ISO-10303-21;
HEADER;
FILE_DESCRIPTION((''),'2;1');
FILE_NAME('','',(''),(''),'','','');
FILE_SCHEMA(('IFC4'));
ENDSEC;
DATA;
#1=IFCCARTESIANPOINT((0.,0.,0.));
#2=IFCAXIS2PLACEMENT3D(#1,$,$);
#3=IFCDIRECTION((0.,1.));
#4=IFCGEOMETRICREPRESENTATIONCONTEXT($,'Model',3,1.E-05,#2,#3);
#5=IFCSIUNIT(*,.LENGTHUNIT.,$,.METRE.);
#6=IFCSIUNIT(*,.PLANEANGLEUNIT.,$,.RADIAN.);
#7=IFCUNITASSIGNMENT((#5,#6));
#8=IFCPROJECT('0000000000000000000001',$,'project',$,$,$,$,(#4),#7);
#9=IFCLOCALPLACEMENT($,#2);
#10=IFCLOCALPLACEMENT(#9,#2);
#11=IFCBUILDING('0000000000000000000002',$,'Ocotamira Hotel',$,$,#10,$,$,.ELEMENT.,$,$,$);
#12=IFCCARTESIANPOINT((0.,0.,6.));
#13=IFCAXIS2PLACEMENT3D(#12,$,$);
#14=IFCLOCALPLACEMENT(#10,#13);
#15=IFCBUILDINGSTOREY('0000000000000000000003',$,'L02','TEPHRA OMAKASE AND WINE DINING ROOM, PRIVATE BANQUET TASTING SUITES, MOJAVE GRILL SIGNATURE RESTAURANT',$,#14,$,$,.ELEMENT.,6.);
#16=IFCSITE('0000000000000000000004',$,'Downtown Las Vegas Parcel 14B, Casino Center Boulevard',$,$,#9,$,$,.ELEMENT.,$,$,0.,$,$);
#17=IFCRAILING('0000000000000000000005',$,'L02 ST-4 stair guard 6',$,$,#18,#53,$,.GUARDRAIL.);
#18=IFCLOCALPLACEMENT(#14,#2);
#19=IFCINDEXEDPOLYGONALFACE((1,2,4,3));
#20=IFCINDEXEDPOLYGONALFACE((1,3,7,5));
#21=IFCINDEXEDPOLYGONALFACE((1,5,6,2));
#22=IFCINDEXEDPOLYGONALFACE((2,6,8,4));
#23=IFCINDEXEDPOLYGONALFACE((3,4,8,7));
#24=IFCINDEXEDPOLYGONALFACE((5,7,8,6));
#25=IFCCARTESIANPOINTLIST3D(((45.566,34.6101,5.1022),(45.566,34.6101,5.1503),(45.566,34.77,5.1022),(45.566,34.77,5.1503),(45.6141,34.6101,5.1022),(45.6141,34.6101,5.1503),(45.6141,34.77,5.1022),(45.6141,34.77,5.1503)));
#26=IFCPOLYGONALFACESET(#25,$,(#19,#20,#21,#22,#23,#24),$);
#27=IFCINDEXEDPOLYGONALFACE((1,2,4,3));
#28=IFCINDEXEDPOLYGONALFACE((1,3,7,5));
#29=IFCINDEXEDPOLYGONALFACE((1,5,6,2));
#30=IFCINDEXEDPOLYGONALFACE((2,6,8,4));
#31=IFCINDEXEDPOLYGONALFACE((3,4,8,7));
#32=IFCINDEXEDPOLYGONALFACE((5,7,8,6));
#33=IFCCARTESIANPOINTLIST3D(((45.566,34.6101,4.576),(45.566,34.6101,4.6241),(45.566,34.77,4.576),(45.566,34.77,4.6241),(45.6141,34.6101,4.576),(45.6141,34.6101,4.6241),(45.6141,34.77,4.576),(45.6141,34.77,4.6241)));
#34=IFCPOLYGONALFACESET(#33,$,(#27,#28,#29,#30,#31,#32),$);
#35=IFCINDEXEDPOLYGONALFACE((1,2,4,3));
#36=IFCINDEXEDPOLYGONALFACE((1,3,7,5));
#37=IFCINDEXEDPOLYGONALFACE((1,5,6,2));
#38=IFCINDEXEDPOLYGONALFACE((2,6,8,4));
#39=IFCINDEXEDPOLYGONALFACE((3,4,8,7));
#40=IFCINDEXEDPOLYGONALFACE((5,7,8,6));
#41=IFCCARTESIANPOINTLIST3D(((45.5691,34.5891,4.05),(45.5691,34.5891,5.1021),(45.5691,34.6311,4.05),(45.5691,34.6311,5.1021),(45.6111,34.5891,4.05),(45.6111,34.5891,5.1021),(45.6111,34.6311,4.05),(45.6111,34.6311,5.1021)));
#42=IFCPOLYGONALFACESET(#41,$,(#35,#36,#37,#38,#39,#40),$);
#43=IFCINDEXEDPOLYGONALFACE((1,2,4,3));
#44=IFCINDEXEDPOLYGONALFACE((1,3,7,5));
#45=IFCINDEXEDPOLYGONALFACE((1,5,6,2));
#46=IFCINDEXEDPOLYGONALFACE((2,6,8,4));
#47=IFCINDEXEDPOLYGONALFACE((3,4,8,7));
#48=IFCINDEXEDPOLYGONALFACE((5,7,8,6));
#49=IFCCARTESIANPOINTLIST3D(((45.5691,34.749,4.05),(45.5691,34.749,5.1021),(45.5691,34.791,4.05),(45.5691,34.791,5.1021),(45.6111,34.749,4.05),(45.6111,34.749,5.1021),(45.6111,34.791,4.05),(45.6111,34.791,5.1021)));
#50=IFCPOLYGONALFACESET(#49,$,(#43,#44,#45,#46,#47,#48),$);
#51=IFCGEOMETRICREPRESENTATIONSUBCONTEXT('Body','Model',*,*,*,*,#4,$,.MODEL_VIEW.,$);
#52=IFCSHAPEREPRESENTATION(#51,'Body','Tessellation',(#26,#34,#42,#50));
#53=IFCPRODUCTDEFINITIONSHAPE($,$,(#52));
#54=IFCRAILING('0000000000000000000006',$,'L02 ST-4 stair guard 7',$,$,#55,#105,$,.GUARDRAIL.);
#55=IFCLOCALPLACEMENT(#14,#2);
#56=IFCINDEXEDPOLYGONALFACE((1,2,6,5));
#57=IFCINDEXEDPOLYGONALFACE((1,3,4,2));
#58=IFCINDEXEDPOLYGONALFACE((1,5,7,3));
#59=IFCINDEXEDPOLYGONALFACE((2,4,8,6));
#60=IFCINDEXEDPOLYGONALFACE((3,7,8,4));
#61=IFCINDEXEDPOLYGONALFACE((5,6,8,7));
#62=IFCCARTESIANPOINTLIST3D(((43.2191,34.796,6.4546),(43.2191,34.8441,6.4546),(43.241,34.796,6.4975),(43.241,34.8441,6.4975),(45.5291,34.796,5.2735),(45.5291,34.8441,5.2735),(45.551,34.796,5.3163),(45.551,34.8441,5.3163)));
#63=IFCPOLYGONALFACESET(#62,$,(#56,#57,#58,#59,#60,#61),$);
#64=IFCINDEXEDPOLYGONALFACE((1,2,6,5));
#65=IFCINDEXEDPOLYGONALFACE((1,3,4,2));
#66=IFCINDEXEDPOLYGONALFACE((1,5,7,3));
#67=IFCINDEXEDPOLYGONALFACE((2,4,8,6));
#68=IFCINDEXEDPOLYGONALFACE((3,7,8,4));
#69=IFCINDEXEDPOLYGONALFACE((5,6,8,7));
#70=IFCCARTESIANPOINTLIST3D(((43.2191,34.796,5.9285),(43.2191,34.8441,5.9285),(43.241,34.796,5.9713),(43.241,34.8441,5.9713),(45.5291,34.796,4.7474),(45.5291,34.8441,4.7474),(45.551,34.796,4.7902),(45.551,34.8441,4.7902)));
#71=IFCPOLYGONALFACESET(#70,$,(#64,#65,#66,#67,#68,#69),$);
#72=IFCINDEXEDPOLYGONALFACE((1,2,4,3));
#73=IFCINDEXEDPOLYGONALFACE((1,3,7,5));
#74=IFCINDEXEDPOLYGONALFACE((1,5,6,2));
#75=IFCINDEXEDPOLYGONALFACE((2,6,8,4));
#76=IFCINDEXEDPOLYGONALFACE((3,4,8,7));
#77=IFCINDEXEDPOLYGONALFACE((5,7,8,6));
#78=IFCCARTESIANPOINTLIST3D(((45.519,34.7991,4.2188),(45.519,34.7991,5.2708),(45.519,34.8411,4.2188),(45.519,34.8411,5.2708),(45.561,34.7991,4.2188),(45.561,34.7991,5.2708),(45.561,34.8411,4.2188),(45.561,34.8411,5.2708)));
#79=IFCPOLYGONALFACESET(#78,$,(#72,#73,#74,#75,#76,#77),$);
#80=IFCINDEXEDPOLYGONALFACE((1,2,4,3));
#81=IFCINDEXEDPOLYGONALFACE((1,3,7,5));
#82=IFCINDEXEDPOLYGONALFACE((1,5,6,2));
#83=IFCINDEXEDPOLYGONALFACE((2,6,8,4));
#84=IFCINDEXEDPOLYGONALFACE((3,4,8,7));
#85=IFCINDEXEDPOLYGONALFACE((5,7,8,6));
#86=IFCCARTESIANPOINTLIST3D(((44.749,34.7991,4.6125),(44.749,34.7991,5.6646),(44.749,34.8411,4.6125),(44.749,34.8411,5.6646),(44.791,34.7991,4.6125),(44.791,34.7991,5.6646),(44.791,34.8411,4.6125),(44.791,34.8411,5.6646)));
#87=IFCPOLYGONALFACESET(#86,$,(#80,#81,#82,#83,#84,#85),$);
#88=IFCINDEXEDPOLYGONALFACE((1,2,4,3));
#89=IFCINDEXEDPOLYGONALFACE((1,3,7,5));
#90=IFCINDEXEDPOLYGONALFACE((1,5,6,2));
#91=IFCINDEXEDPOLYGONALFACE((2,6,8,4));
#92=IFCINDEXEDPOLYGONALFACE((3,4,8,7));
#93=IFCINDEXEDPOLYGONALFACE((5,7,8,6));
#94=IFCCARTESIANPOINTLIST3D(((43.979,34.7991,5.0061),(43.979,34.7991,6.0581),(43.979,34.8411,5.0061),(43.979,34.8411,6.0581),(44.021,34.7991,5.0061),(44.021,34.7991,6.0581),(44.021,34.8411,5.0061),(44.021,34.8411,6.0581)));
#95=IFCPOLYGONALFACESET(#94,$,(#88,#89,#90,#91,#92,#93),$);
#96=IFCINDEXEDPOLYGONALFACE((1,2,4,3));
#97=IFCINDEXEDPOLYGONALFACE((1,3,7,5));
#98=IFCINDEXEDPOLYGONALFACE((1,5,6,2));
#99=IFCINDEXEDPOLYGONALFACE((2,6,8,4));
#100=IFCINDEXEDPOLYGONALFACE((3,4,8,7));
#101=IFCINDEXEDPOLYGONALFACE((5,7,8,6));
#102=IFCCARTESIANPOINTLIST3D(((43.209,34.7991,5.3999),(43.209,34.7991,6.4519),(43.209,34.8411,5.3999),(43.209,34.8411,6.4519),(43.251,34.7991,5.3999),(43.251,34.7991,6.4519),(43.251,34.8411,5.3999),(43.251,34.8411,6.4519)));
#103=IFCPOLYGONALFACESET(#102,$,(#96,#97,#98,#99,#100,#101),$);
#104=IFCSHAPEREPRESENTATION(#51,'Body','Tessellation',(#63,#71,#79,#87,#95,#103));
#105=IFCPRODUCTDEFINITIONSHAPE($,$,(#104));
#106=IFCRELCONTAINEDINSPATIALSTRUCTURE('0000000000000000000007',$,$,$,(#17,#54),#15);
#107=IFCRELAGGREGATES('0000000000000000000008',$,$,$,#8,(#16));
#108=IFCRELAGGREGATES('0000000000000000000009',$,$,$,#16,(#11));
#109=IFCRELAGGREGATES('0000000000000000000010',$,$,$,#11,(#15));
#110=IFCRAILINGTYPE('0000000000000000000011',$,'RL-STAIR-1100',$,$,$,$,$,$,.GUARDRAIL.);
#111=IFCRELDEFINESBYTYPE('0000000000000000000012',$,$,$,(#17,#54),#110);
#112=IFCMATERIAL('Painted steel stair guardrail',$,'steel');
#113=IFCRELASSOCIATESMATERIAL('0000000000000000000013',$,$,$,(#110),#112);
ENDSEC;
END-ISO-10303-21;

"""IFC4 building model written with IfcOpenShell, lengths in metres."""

from ifc_helpers import new_model, si_unit, direction, frame, origin, origin_2d, place, context, subcontext, project, spatial, rectangle, extrude, material, type_object, element, save


model = new_model("IFC4")

# Units and contexts
model_context = context("Model", 3, precision=1e-05, world=origin(), true_north=direction((0.0, 1.0)))
body_context = subcontext(model_context, "Body", "Model", "MODEL_VIEW")
ifc_project = project(units=[si_unit("LENGTHUNIT", "METRE"), si_unit("PLANEANGLEUNIT", "RADIAN")], contexts=[model_context])

# Site, building, storey
site_placement = place(None, origin())
site = spatial("IfcSite", under=ifc_project, at=site_placement, Name="Downtown Las Vegas Parcel 14B, Casino Center Boulevard", CompositionType="ELEMENT", RefElevation=0.0)
building_placement = place(site_placement, origin())
building = spatial("IfcBuilding", under=site, at=building_placement, Name="Ocotamira Hotel", CompositionType="ELEMENT")
storey_placement = place(building_placement, frame((0.0, 0.0, 6.0)))
storey = spatial("IfcBuildingStorey", under=building, at=storey_placement, Name="L02", Description="TEPHRA OMAKASE AND WINE DINING ROOM, PRIVATE BANQUET TASTING SUITES, MOJAVE GRILL SIGNATURE RESTAURANT", CompositionType="ELEMENT", Elevation=6.0)

# Railings
ifc_material_1 = material(Name="Painted steel stair guardrail", Category="steel")
railing_type_1 = type_object("IfcRailingType", Name="RL-STAIR-1100", PredefinedType="GUARDRAIL", material=ifc_material_1)
railing_1_placement = place(storey_placement, frame((45.5901, 34.6101, 4.05)))
element("IfcRailing", 1, at=railing_1_placement, inside=storey, type_object=railing_type_1, Name="L02 ST-4 stair guard 6", PredefinedType="GUARDRAIL", context=body_context, shape_type="SweptSolid", body=[
    extrude(rectangle(XDim=0.0481, YDim=0.0481, at=origin_2d()), frame((0.0, 0.0, 1.0762), z_axis=(0.0, 1.0, 0.0), x_axis=(-1.0, 0.0, 0.0)), (0.0, 0.0, 1.0), 0.1599),
    extrude(rectangle(XDim=0.0481, YDim=0.0481, at=origin_2d()), frame((0.0, 0.0, 0.55), z_axis=(0.0, 1.0, 0.0), x_axis=(-1.0, 0.0, 0.0)), (0.0, 0.0, 1.0), 0.1599),
    extrude(rectangle(XDim=0.042, YDim=0.042, at=origin_2d()), origin(), (0.0, 0.0, 1.0), 1.052),
    extrude(rectangle(XDim=0.042, YDim=0.042, at=origin_2d()), frame((0.0, 0.1599, 0.0)), (0.0, 0.0, 1.0), 1.052),
])
railing_2_placement = place(storey_placement, frame((45.54, 34.8201, 4.2188)))
element("IfcRailing", 2, at=railing_2_placement, inside=storey, type_object=railing_type_1, Name="L02 ST-4 stair guard 7", PredefinedType="GUARDRAIL", context=body_context, shape_type="SweptSolid", body=[
    extrude(rectangle(XDim=0.0481, YDim=0.0481, at=origin_2d()), frame((0.0, 0.0, 1.0762), z_axis=(-0.890363, 0.0, 0.45525), x_axis=(0.0, -1.0, 0.0)), (0.0, 0.0, 1.0), 2.5945),
    extrude(rectangle(XDim=0.0481, YDim=0.0481, at=origin_2d()), frame((0.0, 0.0, 0.55), z_axis=(-0.890363, 0.0, 0.45525), x_axis=(0.0, -1.0, 0.0)), (0.0, 0.0, 1.0), 2.5945),
    extrude(rectangle(XDim=0.042, YDim=0.042, at=origin_2d()), origin(), (0.0, 0.0, 1.0), 1.052),
    extrude(rectangle(XDim=0.042, YDim=0.042, at=origin_2d()), frame((-0.77, 0.0, 0.3938)), (0.0, 0.0, 1.0), 1.052),
    extrude(rectangle(XDim=0.042, YDim=0.042, at=origin_2d()), frame((-1.54, 0.0, 0.7874)), (0.0, 0.0, 1.0), 1.052),
    extrude(rectangle(XDim=0.042, YDim=0.042, at=origin_2d()), frame((-2.3101, 0.0, 1.1812)), (0.0, 0.0, 1.0), 1.052),
])

save(model, "model.ifc")
